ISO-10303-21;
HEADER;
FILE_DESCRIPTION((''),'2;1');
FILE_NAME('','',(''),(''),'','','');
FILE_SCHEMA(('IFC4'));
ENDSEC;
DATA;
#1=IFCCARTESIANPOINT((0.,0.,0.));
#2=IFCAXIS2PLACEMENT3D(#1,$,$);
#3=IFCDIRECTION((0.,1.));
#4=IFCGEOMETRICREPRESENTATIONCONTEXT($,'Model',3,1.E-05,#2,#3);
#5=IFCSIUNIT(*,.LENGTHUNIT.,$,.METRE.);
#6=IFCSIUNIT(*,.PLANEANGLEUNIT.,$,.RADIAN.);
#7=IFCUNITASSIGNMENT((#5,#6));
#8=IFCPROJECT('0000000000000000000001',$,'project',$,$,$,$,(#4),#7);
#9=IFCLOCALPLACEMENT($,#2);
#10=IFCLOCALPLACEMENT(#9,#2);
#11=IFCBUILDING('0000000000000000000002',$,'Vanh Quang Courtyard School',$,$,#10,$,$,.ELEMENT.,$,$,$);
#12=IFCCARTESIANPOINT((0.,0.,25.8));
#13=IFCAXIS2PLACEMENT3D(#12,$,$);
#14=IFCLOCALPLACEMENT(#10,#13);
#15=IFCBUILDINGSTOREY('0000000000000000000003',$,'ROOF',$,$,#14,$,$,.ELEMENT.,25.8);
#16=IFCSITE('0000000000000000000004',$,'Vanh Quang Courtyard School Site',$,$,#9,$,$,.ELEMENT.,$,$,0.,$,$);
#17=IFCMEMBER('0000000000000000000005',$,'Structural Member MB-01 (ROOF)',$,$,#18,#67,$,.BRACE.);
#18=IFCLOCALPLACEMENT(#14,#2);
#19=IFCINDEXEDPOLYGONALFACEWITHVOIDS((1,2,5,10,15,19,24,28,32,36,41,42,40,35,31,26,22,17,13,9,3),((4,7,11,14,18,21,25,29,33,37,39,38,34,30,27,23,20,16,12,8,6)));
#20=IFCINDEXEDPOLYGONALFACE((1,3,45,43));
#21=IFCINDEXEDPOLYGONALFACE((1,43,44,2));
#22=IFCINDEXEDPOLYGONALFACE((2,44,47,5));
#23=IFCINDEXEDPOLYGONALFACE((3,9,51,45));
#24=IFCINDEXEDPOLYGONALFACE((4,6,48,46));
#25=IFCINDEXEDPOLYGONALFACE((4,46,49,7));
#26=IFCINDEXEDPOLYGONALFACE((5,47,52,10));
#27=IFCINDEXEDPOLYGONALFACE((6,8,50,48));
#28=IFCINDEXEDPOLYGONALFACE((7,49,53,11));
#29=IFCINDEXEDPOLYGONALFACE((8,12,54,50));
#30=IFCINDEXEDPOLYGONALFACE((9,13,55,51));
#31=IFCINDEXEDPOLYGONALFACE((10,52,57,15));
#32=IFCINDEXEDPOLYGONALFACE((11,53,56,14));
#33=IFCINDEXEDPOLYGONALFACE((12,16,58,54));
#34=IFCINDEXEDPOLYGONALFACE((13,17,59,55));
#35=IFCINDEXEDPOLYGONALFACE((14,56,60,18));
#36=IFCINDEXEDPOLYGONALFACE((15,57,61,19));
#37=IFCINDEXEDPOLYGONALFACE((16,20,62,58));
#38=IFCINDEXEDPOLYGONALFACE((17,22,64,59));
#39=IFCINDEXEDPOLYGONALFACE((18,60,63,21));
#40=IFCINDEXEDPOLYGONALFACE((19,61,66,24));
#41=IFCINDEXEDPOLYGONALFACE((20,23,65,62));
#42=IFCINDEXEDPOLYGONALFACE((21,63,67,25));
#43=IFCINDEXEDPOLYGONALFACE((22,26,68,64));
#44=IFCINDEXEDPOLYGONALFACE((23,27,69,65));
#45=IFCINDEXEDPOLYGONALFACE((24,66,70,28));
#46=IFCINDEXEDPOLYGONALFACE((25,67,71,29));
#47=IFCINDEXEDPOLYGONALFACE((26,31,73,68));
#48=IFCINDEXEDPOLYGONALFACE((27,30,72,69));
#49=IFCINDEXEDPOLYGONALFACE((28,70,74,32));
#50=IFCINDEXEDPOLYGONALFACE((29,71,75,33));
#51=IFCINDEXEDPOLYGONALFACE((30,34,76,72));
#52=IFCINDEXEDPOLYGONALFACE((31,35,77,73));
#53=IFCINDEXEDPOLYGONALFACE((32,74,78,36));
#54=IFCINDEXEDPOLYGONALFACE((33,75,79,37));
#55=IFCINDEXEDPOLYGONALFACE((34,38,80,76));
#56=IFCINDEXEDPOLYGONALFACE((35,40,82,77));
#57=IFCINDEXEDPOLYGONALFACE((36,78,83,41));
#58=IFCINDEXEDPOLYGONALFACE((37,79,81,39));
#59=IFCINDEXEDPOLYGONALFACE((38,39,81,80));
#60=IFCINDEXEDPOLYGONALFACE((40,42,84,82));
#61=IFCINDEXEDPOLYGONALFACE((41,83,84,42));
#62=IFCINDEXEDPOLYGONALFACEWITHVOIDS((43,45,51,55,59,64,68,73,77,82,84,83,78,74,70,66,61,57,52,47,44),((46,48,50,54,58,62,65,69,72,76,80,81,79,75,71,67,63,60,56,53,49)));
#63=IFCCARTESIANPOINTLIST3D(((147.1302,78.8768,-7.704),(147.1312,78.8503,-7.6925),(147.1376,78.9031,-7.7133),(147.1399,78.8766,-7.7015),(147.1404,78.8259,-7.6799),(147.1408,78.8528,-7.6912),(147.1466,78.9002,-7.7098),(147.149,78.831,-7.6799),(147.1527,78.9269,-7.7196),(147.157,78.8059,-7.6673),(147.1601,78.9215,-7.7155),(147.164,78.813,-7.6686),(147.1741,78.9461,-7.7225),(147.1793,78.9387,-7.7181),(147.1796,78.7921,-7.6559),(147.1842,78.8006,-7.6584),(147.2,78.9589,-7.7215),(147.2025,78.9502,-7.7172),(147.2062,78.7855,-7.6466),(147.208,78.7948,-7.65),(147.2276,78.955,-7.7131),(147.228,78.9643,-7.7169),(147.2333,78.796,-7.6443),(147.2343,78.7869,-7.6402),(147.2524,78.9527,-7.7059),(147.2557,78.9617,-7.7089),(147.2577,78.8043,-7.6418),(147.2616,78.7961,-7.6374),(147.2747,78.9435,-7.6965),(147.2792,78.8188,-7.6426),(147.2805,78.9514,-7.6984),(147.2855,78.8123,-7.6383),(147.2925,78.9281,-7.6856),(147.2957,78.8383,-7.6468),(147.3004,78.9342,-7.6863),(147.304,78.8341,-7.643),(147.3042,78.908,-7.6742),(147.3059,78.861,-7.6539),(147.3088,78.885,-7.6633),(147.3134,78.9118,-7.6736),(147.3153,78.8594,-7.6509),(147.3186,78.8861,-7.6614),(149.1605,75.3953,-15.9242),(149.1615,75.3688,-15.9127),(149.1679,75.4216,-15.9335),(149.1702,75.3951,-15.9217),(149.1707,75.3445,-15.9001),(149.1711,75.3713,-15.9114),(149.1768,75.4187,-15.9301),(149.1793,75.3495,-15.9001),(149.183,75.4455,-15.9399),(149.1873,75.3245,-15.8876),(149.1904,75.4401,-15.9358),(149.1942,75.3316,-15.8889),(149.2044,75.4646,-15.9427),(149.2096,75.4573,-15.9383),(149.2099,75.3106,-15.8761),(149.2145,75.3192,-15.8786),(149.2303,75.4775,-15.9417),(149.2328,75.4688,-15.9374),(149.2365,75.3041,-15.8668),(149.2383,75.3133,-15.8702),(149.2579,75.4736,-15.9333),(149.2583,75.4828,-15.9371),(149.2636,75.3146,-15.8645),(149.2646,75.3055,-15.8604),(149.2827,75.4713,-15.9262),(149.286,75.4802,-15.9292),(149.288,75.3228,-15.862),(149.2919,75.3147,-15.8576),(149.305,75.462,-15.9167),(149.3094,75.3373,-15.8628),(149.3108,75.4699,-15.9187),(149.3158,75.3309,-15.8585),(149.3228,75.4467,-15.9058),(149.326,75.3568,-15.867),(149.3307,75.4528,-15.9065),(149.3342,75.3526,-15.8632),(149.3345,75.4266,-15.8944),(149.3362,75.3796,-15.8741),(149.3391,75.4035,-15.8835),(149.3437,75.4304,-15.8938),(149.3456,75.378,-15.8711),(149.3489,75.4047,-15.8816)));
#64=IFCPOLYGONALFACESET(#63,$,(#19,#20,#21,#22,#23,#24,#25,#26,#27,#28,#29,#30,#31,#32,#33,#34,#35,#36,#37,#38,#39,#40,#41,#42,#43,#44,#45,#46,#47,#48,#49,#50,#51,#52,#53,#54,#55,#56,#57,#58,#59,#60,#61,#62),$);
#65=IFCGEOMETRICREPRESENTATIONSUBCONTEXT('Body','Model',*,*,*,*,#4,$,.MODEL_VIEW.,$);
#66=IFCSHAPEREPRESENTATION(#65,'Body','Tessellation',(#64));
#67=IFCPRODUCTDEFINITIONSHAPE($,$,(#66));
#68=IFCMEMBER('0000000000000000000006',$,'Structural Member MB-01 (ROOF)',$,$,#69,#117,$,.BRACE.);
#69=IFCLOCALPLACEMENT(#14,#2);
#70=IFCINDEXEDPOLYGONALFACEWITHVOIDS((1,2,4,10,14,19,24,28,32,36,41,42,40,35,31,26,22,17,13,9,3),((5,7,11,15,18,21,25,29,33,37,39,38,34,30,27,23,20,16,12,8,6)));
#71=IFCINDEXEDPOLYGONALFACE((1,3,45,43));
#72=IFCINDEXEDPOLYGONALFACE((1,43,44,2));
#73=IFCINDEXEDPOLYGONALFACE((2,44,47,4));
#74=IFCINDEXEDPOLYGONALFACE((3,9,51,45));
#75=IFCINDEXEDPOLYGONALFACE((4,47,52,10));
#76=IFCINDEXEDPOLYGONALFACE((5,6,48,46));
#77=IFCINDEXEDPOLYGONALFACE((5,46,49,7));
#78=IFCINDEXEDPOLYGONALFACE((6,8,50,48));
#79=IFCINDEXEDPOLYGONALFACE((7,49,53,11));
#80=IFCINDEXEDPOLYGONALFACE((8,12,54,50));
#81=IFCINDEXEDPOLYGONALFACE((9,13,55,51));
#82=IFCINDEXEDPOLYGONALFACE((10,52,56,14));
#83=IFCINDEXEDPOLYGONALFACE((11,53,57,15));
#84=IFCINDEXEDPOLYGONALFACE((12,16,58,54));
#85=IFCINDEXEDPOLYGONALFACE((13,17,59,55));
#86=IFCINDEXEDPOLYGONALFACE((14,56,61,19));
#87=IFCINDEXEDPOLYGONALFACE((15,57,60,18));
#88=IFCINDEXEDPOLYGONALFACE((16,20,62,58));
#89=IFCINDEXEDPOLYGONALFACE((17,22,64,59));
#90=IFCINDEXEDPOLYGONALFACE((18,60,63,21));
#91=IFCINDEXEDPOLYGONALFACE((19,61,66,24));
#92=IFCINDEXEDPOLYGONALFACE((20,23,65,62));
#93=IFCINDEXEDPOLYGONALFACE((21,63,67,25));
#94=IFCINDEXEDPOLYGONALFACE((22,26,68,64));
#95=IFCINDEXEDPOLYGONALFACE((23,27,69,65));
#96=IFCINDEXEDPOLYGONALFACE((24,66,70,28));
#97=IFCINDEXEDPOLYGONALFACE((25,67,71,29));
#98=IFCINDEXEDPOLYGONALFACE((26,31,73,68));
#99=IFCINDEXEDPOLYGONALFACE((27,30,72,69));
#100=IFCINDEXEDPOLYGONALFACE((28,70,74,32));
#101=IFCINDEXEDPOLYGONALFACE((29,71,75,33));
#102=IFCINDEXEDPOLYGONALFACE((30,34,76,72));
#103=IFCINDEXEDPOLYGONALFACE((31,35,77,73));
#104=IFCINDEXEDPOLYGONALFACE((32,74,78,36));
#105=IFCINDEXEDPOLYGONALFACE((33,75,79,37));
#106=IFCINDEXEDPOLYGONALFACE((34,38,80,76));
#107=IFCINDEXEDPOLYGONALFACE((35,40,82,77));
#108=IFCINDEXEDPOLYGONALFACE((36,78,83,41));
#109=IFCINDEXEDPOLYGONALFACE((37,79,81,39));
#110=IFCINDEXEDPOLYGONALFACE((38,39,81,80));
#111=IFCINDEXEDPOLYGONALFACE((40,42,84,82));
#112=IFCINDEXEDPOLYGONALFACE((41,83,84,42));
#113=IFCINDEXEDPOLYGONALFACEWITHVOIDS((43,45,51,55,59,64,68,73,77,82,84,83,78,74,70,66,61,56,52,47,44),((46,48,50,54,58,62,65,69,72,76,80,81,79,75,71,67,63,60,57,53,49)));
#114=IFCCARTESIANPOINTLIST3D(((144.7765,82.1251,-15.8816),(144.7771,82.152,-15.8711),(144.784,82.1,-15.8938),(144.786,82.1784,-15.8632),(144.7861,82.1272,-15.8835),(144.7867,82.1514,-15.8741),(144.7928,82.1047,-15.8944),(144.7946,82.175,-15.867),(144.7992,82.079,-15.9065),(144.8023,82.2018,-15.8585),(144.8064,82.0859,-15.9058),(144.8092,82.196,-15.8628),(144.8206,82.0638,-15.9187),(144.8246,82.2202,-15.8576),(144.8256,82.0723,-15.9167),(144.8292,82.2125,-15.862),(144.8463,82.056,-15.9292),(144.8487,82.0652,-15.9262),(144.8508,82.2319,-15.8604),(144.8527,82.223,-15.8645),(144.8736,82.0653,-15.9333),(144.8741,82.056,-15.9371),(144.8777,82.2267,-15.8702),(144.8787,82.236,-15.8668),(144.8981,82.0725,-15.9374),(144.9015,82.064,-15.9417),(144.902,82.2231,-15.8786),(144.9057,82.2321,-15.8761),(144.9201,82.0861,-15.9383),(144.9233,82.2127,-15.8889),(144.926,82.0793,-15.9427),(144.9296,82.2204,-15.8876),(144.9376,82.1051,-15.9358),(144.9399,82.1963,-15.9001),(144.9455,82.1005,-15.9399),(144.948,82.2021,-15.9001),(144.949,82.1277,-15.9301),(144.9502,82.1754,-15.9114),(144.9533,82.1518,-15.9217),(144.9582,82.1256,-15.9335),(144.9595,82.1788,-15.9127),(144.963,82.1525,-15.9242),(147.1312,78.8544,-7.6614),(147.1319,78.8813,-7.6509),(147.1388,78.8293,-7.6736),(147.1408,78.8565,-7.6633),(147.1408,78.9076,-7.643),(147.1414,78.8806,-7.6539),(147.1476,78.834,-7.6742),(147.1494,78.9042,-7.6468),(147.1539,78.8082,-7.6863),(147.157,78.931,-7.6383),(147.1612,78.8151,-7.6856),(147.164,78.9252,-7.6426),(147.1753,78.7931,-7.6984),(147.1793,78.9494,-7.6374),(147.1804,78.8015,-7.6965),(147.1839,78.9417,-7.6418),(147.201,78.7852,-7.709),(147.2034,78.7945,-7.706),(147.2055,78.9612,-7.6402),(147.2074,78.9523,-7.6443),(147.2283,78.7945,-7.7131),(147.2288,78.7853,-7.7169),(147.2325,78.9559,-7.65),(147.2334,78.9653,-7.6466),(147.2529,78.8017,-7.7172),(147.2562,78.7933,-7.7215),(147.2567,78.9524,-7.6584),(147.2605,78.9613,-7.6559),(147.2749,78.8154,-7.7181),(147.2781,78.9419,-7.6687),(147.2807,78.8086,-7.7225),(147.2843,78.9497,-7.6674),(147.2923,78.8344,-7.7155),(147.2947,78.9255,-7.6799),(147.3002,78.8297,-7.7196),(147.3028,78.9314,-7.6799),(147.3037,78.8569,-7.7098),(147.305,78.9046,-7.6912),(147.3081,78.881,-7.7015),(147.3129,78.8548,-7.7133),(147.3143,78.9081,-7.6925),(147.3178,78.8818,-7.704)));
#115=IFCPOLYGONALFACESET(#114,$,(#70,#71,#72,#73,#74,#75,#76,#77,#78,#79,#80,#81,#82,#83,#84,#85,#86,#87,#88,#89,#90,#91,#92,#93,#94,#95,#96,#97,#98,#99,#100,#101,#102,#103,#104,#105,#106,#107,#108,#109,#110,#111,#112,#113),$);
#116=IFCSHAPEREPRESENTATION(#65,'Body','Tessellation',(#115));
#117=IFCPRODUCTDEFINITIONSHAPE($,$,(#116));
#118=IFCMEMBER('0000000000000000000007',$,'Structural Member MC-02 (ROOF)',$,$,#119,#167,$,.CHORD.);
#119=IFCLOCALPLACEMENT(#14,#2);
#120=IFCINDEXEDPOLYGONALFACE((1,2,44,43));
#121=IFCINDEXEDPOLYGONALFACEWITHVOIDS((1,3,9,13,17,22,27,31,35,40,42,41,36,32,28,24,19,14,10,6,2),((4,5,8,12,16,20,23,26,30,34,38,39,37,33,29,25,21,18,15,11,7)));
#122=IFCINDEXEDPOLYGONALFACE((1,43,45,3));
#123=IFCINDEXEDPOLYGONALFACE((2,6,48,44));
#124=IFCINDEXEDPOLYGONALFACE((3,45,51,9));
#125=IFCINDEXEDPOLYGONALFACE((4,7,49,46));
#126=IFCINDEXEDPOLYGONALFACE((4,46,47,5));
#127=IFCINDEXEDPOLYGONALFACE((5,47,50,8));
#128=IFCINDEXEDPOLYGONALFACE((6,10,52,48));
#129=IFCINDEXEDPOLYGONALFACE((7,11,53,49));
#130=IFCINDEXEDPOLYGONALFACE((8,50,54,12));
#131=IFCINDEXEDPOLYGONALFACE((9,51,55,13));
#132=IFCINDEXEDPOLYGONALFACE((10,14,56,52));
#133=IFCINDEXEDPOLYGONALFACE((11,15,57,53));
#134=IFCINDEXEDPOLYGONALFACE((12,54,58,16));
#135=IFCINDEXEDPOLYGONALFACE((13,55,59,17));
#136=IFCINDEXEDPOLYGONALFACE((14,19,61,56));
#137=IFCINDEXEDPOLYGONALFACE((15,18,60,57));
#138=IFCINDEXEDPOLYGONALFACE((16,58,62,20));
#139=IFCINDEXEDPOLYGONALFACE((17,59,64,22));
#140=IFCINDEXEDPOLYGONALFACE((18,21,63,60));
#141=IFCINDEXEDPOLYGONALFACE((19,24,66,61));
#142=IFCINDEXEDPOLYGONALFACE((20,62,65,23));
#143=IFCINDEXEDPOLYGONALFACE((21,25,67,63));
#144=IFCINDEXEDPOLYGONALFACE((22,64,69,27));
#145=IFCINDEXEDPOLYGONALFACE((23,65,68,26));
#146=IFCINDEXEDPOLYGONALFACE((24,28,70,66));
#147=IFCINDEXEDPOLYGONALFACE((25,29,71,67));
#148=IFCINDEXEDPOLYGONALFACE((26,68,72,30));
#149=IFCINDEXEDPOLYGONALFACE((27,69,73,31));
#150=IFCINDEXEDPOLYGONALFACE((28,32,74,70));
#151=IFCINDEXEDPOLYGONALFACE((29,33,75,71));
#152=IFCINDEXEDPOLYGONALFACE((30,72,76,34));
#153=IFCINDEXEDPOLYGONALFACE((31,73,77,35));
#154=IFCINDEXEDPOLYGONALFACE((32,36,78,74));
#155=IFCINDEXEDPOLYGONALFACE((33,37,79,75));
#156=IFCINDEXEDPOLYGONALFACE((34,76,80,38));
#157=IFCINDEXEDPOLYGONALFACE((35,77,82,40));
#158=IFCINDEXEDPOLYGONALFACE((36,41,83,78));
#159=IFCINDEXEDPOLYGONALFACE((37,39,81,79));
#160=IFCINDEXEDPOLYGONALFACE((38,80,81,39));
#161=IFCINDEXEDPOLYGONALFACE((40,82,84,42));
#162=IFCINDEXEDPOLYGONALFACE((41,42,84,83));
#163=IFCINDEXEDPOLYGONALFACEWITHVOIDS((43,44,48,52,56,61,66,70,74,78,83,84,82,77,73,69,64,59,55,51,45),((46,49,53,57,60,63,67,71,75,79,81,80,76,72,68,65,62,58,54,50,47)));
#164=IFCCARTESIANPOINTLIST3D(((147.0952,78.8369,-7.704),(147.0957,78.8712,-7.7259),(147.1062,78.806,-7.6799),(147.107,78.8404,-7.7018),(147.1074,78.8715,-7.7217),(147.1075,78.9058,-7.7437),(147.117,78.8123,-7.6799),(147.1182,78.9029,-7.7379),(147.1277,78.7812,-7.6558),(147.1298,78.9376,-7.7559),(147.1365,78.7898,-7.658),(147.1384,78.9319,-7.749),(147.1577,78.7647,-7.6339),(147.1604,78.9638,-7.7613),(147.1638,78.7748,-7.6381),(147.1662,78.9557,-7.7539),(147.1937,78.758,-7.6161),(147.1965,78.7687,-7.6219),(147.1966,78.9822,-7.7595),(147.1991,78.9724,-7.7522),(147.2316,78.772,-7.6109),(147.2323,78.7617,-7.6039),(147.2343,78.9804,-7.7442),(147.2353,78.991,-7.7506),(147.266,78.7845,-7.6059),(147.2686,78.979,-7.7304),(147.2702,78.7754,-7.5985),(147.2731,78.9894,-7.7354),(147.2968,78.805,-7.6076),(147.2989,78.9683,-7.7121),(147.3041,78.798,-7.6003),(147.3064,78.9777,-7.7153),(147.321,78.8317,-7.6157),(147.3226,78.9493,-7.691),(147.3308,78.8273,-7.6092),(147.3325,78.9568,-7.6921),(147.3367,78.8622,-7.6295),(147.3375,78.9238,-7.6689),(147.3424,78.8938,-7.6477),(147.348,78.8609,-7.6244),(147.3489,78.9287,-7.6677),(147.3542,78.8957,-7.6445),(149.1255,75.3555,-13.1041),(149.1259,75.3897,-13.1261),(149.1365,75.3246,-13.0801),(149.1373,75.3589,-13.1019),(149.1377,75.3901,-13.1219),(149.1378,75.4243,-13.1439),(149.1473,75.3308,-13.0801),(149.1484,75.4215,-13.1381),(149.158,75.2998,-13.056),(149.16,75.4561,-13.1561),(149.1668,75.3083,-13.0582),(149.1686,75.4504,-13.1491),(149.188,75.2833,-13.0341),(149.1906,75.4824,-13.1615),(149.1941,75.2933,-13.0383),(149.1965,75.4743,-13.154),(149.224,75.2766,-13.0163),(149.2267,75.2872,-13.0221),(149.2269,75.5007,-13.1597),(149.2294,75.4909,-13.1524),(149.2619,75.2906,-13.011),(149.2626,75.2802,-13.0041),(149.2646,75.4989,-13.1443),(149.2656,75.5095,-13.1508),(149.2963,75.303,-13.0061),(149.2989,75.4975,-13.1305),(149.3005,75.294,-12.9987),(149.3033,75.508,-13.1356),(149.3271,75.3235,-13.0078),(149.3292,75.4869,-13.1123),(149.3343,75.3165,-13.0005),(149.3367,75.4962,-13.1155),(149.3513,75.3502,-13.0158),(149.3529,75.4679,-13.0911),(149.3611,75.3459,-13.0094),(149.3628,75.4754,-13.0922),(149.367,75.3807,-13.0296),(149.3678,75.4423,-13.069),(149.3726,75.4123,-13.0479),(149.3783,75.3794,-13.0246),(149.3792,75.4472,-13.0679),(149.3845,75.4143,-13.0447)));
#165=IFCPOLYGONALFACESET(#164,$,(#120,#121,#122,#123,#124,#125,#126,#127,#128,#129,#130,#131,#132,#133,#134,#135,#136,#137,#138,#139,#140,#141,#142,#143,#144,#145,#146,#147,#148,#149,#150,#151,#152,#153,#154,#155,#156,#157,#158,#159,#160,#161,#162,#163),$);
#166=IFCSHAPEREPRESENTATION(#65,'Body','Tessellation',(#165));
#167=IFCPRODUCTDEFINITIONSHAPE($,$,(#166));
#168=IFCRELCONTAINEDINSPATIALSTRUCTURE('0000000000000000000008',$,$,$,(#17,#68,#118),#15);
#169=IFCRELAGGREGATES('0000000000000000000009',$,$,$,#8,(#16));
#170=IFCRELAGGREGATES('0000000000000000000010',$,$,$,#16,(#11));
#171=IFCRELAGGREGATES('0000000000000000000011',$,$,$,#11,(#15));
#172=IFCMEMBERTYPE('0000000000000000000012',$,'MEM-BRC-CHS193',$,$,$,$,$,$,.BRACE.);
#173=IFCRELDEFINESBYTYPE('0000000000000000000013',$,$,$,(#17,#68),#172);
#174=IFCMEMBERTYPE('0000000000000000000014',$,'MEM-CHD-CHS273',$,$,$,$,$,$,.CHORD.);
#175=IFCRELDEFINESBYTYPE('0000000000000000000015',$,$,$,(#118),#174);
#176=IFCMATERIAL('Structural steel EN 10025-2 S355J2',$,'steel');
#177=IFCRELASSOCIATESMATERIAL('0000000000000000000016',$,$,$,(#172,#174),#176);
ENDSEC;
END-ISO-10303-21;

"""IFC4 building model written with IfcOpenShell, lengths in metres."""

from ifc_helpers import new_model, si_unit, direction, frame, origin, origin_2d, place, context, subcontext, project, spatial, hollow_circle, extrude, material, material_profile, profile_set, type_object, element, save


model = new_model("IFC4")

# Units and contexts
model_context = context("Model", 3, precision=1e-05, world=origin(), true_north=direction((0.0, 1.0)))
body_context = subcontext(model_context, "Body", "Model", "MODEL_VIEW")
ifc_project = project(units=[si_unit("LENGTHUNIT", "METRE"), si_unit("PLANEANGLEUNIT", "RADIAN")], contexts=[model_context])

# Site, building, storey
site_placement = place(None, origin())
site = spatial("IfcSite", under=ifc_project, at=site_placement, Name="Vanh Quang Courtyard School Site", CompositionType="ELEMENT", RefElevation=0.0)
building_placement = place(site_placement, origin())
building = spatial("IfcBuilding", under=site, at=building_placement, Name="Vanh Quang Courtyard School", CompositionType="ELEMENT")
storey_placement = place(building_placement, frame((0.0, 0.0, 25.8)))
storey = spatial("IfcBuildingStorey", under=building, at=storey_placement, Name="ROOF", CompositionType="ELEMENT", Elevation=25.8)

# Shared definitions
ifc_material_1 = material(Name="Structural steel EN 10025-2 S355J2", Category="steel")

# Members
ifc_material_profile_1 = material_profile(ifc_material_1, hollow_circle(Radius=0.0969, WallThickness=0.01, at=origin_2d()), Name="CHS 193.7x10")
ifc_profile_set_1 = profile_set([ifc_material_profile_1], Name="Structural steel EN 10025-2 S355J2")
member_type_1 = type_object("IfcMemberType", Name="MEM-BRC-CHS193", PredefinedType="BRACE", material=ifc_profile_set_1)
for number, where, z_axis, x_axis, name in (
    (1, (149.2544, 75.3933, -15.9001), (-0.221766, 0.380277, 0.897891), (-0.86384, -0.503766, 0.0), "Structural Member MB-01 (ROOF)"),
    (2, (144.8694, 82.1455, -15.9001), (0.257207, -0.357263, 0.897891), (0.811558, 0.584271, 0.0), "Structural Member MB-01 (ROOF)"),
):
    element("IfcMember", number, at=place(storey_placement, frame(where, z_axis=z_axis, x_axis=x_axis)), inside=storey, type_object=member_type_1, Name=name, PredefinedType="BRACE", context=body_context, shape_type="SweptSolid", body=[
        extrude(hollow_circle(Radius=0.0969, WallThickness=0.01, at=origin_2d()), origin(), (0.0, 0.0, 1.0), 9.155),
    ])
ifc_material_profile_2 = material_profile(ifc_material_1, hollow_circle(Radius=0.1365, WallThickness=0.0125, at=origin_2d()), Name="CHS 273x12.5")
ifc_profile_set_2 = profile_set([ifc_material_profile_2], Name="Structural steel EN 10025-2 S355J2")
member_type_2 = type_object("IfcMemberType", Name="MEM-CHD-CHS273", PredefinedType="CHORD", material=ifc_profile_set_2)
for number, where, z_axis, x_axis, name in (
    (3, (149.2544, 75.3933, -13.0801), (-0.301306, 0.516669, 0.801416), (-0.86384, -0.503766, 0.0), "Structural Member MC-02 (ROOF)"),
):
    element("IfcMember", number, at=place(storey_placement, frame(where, z_axis=z_axis, x_axis=x_axis)), inside=storey, type_object=member_type_2, Name=name, PredefinedType="CHORD", context=body_context, shape_type="SweptSolid", body=[
        extrude(hollow_circle(Radius=0.1365, WallThickness=0.0125, at=origin_2d()), origin(), (0.0, 0.0, 1.0), 6.7383),
    ])

save(model, "model.ifc")
